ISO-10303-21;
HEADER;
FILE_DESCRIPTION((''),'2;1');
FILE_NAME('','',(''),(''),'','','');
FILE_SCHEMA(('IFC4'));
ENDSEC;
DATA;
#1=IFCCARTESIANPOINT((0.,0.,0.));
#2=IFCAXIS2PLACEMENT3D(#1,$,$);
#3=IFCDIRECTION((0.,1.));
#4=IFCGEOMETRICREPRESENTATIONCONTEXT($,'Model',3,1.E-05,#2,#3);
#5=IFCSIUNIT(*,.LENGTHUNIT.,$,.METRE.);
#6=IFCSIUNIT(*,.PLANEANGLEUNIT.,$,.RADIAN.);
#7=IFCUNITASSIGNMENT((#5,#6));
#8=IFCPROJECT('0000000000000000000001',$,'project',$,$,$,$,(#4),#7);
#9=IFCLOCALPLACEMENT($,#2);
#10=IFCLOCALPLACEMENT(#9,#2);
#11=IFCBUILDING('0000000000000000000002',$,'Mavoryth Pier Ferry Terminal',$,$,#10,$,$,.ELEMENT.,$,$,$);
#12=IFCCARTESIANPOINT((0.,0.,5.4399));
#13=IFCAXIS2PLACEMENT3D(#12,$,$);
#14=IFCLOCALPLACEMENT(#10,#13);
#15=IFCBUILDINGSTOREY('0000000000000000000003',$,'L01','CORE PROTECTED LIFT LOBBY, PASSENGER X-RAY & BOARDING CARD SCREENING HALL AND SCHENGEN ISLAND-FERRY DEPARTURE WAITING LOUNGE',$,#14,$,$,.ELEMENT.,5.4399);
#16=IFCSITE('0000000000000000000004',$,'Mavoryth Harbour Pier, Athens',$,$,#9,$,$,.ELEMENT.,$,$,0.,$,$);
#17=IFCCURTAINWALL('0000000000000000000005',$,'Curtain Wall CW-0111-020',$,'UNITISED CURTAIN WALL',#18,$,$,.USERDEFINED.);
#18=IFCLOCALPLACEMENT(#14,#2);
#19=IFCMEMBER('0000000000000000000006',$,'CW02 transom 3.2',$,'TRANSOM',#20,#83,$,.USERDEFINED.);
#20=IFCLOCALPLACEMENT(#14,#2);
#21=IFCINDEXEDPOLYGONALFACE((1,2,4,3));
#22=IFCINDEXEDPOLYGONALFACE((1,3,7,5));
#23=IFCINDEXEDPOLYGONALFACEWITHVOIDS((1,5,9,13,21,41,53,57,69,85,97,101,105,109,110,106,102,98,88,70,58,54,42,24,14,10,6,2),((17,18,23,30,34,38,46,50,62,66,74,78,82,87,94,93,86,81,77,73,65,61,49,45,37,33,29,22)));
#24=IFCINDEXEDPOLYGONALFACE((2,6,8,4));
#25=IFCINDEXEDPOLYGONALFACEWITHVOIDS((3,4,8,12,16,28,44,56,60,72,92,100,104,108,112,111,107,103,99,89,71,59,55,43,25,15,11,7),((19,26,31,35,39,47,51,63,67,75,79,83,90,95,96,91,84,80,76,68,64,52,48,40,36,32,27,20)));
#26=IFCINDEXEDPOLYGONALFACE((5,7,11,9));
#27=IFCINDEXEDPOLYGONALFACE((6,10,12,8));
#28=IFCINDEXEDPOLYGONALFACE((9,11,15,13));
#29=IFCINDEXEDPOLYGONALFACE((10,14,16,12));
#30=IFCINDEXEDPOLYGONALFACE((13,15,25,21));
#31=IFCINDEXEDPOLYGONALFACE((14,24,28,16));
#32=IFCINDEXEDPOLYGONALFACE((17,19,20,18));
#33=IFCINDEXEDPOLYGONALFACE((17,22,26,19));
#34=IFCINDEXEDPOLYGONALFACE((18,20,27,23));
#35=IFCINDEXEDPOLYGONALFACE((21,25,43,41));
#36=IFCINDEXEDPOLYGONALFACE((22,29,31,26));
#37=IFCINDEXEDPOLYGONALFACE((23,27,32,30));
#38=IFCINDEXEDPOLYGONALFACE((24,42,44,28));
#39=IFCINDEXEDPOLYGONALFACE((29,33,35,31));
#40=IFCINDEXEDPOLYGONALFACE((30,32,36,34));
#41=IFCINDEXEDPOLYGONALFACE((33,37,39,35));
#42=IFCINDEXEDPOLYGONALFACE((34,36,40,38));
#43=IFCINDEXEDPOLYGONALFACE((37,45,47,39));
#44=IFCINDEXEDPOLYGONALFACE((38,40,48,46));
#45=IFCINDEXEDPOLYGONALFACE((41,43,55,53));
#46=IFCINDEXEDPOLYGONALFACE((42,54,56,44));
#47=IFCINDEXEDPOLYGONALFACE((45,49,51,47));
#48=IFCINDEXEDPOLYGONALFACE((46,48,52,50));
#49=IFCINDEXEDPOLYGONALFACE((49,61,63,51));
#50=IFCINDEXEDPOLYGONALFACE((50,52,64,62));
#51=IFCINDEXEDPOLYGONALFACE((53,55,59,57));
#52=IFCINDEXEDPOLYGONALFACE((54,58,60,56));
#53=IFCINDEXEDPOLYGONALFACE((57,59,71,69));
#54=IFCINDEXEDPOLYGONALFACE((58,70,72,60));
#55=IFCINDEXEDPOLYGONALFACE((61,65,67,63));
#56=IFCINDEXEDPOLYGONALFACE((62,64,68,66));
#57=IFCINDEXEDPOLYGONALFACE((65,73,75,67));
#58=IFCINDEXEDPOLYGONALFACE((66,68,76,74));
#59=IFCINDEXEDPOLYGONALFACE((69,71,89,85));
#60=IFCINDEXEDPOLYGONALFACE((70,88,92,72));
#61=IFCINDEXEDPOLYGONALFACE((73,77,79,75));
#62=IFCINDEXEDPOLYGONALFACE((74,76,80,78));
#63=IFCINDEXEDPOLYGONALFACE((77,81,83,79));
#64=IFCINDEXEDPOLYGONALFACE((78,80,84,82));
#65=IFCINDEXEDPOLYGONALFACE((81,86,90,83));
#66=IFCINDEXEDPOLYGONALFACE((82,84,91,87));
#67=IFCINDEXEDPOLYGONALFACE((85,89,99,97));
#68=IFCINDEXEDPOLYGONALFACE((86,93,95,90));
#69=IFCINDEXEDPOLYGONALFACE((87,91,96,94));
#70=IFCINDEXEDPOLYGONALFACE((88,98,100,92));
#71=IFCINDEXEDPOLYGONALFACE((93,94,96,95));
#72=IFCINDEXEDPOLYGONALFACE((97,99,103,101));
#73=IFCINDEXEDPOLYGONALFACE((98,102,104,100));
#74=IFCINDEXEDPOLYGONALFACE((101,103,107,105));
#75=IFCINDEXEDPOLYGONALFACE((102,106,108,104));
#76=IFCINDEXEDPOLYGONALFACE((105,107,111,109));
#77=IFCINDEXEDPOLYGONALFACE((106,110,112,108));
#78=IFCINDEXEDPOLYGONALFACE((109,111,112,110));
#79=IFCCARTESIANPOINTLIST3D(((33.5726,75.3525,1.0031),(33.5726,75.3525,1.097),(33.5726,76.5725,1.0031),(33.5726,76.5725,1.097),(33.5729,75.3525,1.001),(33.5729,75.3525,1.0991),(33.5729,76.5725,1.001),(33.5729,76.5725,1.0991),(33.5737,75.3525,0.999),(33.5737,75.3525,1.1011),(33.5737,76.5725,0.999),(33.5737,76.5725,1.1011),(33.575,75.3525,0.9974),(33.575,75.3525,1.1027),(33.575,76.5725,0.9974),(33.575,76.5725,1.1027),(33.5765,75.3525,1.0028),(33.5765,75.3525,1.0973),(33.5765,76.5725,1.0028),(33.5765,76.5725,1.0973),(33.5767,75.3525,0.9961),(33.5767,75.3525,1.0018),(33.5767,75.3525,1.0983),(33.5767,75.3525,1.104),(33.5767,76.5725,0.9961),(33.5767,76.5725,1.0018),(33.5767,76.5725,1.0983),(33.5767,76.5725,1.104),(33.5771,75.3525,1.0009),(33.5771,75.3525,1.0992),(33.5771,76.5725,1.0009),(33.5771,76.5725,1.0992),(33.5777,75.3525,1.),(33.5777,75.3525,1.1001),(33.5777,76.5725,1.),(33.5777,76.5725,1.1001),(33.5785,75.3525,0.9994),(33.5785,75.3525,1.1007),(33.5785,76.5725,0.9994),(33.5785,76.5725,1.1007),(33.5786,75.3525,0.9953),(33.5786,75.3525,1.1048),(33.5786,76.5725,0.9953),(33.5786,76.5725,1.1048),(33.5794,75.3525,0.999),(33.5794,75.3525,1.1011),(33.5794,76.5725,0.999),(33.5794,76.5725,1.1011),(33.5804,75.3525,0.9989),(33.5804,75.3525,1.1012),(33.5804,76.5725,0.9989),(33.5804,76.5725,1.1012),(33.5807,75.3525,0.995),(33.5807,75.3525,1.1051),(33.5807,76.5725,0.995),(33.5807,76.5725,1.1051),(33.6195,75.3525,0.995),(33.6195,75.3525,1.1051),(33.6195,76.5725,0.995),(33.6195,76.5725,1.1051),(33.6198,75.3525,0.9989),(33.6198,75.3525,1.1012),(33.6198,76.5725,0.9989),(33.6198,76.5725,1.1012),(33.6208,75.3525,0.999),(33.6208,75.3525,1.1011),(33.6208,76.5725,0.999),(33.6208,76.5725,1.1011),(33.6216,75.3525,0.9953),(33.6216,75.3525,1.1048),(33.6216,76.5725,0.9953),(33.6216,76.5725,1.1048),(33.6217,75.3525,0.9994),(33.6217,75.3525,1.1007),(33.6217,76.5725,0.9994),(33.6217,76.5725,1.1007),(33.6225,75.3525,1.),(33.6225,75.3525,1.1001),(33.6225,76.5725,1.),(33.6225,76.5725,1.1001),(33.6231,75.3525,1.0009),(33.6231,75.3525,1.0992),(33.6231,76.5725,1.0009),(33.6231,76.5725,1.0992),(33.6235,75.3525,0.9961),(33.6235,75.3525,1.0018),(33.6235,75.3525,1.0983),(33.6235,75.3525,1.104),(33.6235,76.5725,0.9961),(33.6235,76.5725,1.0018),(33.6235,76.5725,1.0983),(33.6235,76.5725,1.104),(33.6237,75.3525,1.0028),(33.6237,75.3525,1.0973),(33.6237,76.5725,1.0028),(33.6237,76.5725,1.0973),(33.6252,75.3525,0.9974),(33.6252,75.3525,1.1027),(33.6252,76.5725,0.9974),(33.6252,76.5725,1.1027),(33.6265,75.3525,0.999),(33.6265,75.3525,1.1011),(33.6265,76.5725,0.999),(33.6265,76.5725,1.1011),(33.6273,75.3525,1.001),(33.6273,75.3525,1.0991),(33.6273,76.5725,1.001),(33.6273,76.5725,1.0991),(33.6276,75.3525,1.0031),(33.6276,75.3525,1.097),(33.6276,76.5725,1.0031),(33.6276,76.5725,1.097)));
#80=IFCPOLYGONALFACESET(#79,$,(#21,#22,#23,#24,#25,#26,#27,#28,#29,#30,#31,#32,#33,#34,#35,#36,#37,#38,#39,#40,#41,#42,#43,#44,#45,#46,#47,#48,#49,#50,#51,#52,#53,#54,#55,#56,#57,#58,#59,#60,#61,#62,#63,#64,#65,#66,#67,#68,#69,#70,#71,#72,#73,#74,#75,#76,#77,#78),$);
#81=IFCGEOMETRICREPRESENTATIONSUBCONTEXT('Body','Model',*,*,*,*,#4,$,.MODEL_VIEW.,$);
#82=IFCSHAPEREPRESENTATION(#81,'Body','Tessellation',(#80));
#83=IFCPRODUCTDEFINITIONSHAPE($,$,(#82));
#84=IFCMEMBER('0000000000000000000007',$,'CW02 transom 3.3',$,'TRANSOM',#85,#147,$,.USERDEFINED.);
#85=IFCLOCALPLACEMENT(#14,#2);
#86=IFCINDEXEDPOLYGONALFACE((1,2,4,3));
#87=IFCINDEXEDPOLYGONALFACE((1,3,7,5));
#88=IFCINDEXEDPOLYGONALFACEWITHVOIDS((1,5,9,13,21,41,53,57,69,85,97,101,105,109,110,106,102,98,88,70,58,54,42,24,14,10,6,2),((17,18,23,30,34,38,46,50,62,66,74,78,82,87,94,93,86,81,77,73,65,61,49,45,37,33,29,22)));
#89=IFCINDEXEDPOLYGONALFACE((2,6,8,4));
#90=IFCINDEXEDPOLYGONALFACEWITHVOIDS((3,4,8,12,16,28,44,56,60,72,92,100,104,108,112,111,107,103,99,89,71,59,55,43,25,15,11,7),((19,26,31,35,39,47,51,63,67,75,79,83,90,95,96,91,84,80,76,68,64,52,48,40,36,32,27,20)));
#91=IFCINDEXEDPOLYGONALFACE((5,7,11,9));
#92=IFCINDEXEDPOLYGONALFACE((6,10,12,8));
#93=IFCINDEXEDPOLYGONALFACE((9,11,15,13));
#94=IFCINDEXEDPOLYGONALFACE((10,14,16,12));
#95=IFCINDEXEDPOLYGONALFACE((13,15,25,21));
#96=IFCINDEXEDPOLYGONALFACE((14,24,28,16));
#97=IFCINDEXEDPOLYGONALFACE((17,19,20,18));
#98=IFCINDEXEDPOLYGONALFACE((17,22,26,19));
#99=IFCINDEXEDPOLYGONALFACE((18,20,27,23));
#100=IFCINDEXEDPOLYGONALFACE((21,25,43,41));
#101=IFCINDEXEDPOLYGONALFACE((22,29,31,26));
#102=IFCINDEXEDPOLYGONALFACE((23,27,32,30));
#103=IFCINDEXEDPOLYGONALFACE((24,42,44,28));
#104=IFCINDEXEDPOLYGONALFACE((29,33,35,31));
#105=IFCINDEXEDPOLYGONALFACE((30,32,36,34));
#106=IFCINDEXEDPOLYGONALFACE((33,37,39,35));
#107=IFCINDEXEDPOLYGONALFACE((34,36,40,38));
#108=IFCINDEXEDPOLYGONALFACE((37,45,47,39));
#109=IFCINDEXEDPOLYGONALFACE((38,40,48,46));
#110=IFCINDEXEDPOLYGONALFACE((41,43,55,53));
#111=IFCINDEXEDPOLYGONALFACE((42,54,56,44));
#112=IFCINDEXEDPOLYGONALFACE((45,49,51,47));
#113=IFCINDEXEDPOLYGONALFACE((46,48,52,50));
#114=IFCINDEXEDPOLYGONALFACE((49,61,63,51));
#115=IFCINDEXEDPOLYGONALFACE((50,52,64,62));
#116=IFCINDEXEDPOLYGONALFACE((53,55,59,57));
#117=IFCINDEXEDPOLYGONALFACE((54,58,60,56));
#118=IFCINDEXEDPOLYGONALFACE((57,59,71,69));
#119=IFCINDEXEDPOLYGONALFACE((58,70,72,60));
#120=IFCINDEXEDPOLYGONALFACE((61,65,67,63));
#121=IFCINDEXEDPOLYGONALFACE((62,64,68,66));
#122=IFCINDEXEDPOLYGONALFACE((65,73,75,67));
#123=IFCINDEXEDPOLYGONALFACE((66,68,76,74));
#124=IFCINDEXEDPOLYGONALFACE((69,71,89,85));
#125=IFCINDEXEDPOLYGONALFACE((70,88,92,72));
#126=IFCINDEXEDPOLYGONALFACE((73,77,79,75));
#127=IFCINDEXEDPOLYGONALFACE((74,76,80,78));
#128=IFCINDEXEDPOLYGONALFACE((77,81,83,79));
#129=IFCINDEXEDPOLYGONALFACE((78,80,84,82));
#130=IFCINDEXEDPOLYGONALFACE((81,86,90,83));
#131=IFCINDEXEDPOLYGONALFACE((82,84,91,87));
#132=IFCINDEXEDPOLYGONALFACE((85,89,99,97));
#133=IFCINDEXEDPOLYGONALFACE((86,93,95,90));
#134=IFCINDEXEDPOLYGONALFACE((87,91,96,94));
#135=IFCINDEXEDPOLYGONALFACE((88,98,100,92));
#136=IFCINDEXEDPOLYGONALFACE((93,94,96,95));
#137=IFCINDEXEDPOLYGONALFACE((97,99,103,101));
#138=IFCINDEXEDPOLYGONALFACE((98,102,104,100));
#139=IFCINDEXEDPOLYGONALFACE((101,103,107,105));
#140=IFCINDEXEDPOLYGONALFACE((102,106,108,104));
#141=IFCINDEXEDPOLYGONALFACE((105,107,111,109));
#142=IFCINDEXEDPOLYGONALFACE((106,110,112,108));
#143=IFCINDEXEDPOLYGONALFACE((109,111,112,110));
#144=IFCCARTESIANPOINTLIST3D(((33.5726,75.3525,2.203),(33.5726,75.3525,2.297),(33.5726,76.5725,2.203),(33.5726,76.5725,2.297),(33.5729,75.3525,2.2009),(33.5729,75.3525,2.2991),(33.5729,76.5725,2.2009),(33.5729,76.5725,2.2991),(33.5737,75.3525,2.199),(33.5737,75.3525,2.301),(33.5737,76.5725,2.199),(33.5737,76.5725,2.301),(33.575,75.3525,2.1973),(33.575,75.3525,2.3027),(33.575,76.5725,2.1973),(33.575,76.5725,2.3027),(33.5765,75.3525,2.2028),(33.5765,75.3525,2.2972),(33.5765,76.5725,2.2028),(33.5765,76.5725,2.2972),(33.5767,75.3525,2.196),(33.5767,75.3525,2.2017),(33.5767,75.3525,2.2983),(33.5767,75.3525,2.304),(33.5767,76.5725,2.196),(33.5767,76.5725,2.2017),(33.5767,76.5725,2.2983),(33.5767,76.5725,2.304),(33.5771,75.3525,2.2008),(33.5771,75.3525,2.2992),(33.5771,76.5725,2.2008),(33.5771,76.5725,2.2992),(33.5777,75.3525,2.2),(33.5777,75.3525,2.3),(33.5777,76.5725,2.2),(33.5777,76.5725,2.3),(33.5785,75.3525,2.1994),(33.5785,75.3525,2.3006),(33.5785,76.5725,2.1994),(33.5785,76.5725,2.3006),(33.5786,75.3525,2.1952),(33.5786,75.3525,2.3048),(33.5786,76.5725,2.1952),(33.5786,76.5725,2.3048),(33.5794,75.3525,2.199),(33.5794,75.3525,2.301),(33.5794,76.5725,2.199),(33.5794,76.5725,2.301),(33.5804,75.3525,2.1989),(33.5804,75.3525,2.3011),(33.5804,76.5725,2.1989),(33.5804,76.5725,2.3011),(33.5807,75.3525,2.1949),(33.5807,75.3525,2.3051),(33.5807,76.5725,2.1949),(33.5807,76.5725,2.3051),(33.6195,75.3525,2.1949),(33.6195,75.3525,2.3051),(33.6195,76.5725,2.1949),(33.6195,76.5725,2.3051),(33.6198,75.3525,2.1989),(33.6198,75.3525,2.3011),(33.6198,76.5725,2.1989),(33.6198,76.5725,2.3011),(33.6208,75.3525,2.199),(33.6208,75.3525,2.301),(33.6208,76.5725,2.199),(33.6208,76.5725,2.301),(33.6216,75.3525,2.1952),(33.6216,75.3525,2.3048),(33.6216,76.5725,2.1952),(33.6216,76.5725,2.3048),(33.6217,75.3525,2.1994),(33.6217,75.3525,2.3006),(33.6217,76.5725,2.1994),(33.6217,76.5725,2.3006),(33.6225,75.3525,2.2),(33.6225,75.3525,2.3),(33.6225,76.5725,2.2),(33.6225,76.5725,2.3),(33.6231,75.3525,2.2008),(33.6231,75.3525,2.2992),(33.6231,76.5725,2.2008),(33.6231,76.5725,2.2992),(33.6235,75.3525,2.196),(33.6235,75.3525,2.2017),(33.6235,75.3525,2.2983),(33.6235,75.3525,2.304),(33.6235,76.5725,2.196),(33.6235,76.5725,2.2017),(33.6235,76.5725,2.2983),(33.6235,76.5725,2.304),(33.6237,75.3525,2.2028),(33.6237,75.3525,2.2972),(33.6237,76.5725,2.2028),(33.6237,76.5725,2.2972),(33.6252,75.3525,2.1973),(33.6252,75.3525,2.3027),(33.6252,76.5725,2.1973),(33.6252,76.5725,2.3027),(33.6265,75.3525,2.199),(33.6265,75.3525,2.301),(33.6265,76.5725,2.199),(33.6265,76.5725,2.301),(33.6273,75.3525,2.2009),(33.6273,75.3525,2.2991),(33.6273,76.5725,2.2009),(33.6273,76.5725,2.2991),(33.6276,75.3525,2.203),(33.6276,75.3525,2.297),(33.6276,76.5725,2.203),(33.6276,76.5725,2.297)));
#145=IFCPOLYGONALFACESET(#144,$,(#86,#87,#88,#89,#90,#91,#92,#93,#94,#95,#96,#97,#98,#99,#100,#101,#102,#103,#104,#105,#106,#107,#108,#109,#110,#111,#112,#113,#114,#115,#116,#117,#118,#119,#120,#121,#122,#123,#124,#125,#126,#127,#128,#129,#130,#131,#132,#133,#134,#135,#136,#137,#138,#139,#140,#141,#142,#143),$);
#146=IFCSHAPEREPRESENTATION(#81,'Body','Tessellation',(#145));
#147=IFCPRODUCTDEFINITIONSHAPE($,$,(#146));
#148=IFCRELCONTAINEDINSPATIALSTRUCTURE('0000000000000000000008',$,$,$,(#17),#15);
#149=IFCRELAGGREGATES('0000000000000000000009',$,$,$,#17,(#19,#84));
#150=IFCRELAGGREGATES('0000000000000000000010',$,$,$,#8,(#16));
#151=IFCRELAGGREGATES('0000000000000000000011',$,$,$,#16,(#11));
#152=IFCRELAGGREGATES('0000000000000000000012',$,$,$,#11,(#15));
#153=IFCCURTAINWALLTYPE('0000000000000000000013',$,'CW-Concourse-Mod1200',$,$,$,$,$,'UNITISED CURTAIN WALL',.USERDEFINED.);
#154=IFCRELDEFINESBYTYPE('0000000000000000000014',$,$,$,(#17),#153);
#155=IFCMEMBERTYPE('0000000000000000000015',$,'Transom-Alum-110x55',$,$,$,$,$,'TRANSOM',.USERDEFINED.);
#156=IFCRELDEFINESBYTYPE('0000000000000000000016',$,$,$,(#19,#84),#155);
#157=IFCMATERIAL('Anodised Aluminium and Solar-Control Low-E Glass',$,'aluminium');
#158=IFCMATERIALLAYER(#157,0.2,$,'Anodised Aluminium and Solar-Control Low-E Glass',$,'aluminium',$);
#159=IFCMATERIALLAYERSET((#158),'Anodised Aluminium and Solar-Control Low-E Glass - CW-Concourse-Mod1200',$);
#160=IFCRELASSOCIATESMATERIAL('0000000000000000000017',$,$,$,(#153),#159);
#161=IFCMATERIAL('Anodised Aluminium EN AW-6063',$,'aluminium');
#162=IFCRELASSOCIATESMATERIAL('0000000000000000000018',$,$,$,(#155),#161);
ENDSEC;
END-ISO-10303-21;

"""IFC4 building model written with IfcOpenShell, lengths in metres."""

from ifc_helpers import new_model, si_unit, direction, frame, origin, origin_2d, place, context, subcontext, project, spatial, hollow_rectangle, extrude, material, layer, layer_set, material_profile, profile_set, type_object, element, aggregate, save


model = new_model("IFC4")

# Units and contexts
model_context = context("Model", 3, precision=1e-05, world=origin(), true_north=direction((0.0, 1.0)))
body_context = subcontext(model_context, "Body", "Model", "MODEL_VIEW")
ifc_project = project(units=[si_unit("LENGTHUNIT", "METRE"), si_unit("PLANEANGLEUNIT", "RADIAN")], contexts=[model_context])

# Site, building, storey
site_placement = place(None, origin())
site = spatial("IfcSite", under=ifc_project, at=site_placement, Name="Mavoryth Harbour Pier, Athens", CompositionType="ELEMENT", RefElevation=0.0)
building_placement = place(site_placement, origin())
building = spatial("IfcBuilding", under=site, at=building_placement, Name="Mavoryth Pier Ferry Terminal", CompositionType="ELEMENT")
storey_placement = place(building_placement, frame((0.0, 0.0, 5.4399)))
storey = spatial("IfcBuildingStorey", under=building, at=storey_placement, Name="L01", Description="CORE PROTECTED LIFT LOBBY, PASSENGER X-RAY & BOARDING CARD SCREENING HALL AND SCHENGEN ISLAND-FERRY DEPARTURE WAITING LOUNGE", CompositionType="ELEMENT", Elevation=5.4399)

# Curtain wall, members
ifc_material_1 = material(Name="Anodised Aluminium and Solar-Control Low-E Glass", Category="aluminium")
ifc_layer_1 = layer(ifc_material_1, 0.2, Name="Anodised Aluminium and Solar-Control Low-E Glass", Category="aluminium")
ifc_layer_set_1 = layer_set([ifc_layer_1], Name="Anodised Aluminium and Solar-Control Low-E Glass - CW-Concourse-Mod1200")
curtain_wall_type = type_object("IfcCurtainWallType", Name="CW-Concourse-Mod1200", ElementType="UNITISED CURTAIN WALL", PredefinedType="USERDEFINED", material=ifc_layer_set_1)
curtain_wall_placement = place(storey_placement, origin())
curtain_wall = element("IfcCurtainWall", 1, at=curtain_wall_placement, inside=storey, type_object=curtain_wall_type, Name="Curtain Wall CW-0111-020", ObjectType="UNITISED CURTAIN WALL", PredefinedType="USERDEFINED")
ifc_material_2 = material(Name="Anodised Aluminium EN AW-6063", Category="aluminium")
ifc_material_profile_1 = material_profile(ifc_material_2, hollow_rectangle(XDim=0.0549, YDim=0.1101, WallThickness=0.0039, InnerFilletRadius=0.0039, OuterFilletRadius=0.0081, at=origin_2d()), Name="AL-TRAN 110x55x4", Category="aluminium")
ifc_profile_set_1 = profile_set([ifc_material_profile_1], Name="Anodised Aluminium EN AW-6063 - AL-TRAN 110x55x4")
member_type_1 = type_object("IfcMemberType", Name="Transom-Alum-110x55", ElementType="TRANSOM", PredefinedType="USERDEFINED", material=ifc_profile_set_1)
member_1_placement = place(storey_placement, frame((33.6001, 75.3525, 1.05), z_axis=(0.0, 1.0, 0.0), x_axis=(-1.0, 0.0, 0.0)))
member_1 = element("IfcMember", 2, at=member_1_placement, type_object=member_type_1, Name="CW02 transom 3.2", ObjectType="TRANSOM", PredefinedType="USERDEFINED", context=body_context, shape_type="SweptSolid", body=[
    extrude(hollow_rectangle(XDim=0.0549, YDim=0.1101, WallThickness=0.0039, InnerFilletRadius=0.0039, OuterFilletRadius=0.0081, at=origin_2d()), origin(), (0.0, 0.0, 1.0), 1.22),
])
member_2_placement = place(storey_placement, frame((33.6001, 75.3525, 2.25), z_axis=(0.0, 1.0, 0.0), x_axis=(-1.0, 0.0, 0.0)))
member_2 = element("IfcMember", 3, at=member_2_placement, type_object=member_type_1, Name="CW02 transom 3.3", ObjectType="TRANSOM", PredefinedType="USERDEFINED", context=body_context, shape_type="SweptSolid", body=[
    extrude(hollow_rectangle(XDim=0.0549, YDim=0.1101, WallThickness=0.0039, InnerFilletRadius=0.0039, OuterFilletRadius=0.0081, at=origin_2d()), origin(), (0.0, 0.0, 1.0), 1.22),
])
aggregate(curtain_wall, [member_1, member_2])

save(model, "model.ifc")
